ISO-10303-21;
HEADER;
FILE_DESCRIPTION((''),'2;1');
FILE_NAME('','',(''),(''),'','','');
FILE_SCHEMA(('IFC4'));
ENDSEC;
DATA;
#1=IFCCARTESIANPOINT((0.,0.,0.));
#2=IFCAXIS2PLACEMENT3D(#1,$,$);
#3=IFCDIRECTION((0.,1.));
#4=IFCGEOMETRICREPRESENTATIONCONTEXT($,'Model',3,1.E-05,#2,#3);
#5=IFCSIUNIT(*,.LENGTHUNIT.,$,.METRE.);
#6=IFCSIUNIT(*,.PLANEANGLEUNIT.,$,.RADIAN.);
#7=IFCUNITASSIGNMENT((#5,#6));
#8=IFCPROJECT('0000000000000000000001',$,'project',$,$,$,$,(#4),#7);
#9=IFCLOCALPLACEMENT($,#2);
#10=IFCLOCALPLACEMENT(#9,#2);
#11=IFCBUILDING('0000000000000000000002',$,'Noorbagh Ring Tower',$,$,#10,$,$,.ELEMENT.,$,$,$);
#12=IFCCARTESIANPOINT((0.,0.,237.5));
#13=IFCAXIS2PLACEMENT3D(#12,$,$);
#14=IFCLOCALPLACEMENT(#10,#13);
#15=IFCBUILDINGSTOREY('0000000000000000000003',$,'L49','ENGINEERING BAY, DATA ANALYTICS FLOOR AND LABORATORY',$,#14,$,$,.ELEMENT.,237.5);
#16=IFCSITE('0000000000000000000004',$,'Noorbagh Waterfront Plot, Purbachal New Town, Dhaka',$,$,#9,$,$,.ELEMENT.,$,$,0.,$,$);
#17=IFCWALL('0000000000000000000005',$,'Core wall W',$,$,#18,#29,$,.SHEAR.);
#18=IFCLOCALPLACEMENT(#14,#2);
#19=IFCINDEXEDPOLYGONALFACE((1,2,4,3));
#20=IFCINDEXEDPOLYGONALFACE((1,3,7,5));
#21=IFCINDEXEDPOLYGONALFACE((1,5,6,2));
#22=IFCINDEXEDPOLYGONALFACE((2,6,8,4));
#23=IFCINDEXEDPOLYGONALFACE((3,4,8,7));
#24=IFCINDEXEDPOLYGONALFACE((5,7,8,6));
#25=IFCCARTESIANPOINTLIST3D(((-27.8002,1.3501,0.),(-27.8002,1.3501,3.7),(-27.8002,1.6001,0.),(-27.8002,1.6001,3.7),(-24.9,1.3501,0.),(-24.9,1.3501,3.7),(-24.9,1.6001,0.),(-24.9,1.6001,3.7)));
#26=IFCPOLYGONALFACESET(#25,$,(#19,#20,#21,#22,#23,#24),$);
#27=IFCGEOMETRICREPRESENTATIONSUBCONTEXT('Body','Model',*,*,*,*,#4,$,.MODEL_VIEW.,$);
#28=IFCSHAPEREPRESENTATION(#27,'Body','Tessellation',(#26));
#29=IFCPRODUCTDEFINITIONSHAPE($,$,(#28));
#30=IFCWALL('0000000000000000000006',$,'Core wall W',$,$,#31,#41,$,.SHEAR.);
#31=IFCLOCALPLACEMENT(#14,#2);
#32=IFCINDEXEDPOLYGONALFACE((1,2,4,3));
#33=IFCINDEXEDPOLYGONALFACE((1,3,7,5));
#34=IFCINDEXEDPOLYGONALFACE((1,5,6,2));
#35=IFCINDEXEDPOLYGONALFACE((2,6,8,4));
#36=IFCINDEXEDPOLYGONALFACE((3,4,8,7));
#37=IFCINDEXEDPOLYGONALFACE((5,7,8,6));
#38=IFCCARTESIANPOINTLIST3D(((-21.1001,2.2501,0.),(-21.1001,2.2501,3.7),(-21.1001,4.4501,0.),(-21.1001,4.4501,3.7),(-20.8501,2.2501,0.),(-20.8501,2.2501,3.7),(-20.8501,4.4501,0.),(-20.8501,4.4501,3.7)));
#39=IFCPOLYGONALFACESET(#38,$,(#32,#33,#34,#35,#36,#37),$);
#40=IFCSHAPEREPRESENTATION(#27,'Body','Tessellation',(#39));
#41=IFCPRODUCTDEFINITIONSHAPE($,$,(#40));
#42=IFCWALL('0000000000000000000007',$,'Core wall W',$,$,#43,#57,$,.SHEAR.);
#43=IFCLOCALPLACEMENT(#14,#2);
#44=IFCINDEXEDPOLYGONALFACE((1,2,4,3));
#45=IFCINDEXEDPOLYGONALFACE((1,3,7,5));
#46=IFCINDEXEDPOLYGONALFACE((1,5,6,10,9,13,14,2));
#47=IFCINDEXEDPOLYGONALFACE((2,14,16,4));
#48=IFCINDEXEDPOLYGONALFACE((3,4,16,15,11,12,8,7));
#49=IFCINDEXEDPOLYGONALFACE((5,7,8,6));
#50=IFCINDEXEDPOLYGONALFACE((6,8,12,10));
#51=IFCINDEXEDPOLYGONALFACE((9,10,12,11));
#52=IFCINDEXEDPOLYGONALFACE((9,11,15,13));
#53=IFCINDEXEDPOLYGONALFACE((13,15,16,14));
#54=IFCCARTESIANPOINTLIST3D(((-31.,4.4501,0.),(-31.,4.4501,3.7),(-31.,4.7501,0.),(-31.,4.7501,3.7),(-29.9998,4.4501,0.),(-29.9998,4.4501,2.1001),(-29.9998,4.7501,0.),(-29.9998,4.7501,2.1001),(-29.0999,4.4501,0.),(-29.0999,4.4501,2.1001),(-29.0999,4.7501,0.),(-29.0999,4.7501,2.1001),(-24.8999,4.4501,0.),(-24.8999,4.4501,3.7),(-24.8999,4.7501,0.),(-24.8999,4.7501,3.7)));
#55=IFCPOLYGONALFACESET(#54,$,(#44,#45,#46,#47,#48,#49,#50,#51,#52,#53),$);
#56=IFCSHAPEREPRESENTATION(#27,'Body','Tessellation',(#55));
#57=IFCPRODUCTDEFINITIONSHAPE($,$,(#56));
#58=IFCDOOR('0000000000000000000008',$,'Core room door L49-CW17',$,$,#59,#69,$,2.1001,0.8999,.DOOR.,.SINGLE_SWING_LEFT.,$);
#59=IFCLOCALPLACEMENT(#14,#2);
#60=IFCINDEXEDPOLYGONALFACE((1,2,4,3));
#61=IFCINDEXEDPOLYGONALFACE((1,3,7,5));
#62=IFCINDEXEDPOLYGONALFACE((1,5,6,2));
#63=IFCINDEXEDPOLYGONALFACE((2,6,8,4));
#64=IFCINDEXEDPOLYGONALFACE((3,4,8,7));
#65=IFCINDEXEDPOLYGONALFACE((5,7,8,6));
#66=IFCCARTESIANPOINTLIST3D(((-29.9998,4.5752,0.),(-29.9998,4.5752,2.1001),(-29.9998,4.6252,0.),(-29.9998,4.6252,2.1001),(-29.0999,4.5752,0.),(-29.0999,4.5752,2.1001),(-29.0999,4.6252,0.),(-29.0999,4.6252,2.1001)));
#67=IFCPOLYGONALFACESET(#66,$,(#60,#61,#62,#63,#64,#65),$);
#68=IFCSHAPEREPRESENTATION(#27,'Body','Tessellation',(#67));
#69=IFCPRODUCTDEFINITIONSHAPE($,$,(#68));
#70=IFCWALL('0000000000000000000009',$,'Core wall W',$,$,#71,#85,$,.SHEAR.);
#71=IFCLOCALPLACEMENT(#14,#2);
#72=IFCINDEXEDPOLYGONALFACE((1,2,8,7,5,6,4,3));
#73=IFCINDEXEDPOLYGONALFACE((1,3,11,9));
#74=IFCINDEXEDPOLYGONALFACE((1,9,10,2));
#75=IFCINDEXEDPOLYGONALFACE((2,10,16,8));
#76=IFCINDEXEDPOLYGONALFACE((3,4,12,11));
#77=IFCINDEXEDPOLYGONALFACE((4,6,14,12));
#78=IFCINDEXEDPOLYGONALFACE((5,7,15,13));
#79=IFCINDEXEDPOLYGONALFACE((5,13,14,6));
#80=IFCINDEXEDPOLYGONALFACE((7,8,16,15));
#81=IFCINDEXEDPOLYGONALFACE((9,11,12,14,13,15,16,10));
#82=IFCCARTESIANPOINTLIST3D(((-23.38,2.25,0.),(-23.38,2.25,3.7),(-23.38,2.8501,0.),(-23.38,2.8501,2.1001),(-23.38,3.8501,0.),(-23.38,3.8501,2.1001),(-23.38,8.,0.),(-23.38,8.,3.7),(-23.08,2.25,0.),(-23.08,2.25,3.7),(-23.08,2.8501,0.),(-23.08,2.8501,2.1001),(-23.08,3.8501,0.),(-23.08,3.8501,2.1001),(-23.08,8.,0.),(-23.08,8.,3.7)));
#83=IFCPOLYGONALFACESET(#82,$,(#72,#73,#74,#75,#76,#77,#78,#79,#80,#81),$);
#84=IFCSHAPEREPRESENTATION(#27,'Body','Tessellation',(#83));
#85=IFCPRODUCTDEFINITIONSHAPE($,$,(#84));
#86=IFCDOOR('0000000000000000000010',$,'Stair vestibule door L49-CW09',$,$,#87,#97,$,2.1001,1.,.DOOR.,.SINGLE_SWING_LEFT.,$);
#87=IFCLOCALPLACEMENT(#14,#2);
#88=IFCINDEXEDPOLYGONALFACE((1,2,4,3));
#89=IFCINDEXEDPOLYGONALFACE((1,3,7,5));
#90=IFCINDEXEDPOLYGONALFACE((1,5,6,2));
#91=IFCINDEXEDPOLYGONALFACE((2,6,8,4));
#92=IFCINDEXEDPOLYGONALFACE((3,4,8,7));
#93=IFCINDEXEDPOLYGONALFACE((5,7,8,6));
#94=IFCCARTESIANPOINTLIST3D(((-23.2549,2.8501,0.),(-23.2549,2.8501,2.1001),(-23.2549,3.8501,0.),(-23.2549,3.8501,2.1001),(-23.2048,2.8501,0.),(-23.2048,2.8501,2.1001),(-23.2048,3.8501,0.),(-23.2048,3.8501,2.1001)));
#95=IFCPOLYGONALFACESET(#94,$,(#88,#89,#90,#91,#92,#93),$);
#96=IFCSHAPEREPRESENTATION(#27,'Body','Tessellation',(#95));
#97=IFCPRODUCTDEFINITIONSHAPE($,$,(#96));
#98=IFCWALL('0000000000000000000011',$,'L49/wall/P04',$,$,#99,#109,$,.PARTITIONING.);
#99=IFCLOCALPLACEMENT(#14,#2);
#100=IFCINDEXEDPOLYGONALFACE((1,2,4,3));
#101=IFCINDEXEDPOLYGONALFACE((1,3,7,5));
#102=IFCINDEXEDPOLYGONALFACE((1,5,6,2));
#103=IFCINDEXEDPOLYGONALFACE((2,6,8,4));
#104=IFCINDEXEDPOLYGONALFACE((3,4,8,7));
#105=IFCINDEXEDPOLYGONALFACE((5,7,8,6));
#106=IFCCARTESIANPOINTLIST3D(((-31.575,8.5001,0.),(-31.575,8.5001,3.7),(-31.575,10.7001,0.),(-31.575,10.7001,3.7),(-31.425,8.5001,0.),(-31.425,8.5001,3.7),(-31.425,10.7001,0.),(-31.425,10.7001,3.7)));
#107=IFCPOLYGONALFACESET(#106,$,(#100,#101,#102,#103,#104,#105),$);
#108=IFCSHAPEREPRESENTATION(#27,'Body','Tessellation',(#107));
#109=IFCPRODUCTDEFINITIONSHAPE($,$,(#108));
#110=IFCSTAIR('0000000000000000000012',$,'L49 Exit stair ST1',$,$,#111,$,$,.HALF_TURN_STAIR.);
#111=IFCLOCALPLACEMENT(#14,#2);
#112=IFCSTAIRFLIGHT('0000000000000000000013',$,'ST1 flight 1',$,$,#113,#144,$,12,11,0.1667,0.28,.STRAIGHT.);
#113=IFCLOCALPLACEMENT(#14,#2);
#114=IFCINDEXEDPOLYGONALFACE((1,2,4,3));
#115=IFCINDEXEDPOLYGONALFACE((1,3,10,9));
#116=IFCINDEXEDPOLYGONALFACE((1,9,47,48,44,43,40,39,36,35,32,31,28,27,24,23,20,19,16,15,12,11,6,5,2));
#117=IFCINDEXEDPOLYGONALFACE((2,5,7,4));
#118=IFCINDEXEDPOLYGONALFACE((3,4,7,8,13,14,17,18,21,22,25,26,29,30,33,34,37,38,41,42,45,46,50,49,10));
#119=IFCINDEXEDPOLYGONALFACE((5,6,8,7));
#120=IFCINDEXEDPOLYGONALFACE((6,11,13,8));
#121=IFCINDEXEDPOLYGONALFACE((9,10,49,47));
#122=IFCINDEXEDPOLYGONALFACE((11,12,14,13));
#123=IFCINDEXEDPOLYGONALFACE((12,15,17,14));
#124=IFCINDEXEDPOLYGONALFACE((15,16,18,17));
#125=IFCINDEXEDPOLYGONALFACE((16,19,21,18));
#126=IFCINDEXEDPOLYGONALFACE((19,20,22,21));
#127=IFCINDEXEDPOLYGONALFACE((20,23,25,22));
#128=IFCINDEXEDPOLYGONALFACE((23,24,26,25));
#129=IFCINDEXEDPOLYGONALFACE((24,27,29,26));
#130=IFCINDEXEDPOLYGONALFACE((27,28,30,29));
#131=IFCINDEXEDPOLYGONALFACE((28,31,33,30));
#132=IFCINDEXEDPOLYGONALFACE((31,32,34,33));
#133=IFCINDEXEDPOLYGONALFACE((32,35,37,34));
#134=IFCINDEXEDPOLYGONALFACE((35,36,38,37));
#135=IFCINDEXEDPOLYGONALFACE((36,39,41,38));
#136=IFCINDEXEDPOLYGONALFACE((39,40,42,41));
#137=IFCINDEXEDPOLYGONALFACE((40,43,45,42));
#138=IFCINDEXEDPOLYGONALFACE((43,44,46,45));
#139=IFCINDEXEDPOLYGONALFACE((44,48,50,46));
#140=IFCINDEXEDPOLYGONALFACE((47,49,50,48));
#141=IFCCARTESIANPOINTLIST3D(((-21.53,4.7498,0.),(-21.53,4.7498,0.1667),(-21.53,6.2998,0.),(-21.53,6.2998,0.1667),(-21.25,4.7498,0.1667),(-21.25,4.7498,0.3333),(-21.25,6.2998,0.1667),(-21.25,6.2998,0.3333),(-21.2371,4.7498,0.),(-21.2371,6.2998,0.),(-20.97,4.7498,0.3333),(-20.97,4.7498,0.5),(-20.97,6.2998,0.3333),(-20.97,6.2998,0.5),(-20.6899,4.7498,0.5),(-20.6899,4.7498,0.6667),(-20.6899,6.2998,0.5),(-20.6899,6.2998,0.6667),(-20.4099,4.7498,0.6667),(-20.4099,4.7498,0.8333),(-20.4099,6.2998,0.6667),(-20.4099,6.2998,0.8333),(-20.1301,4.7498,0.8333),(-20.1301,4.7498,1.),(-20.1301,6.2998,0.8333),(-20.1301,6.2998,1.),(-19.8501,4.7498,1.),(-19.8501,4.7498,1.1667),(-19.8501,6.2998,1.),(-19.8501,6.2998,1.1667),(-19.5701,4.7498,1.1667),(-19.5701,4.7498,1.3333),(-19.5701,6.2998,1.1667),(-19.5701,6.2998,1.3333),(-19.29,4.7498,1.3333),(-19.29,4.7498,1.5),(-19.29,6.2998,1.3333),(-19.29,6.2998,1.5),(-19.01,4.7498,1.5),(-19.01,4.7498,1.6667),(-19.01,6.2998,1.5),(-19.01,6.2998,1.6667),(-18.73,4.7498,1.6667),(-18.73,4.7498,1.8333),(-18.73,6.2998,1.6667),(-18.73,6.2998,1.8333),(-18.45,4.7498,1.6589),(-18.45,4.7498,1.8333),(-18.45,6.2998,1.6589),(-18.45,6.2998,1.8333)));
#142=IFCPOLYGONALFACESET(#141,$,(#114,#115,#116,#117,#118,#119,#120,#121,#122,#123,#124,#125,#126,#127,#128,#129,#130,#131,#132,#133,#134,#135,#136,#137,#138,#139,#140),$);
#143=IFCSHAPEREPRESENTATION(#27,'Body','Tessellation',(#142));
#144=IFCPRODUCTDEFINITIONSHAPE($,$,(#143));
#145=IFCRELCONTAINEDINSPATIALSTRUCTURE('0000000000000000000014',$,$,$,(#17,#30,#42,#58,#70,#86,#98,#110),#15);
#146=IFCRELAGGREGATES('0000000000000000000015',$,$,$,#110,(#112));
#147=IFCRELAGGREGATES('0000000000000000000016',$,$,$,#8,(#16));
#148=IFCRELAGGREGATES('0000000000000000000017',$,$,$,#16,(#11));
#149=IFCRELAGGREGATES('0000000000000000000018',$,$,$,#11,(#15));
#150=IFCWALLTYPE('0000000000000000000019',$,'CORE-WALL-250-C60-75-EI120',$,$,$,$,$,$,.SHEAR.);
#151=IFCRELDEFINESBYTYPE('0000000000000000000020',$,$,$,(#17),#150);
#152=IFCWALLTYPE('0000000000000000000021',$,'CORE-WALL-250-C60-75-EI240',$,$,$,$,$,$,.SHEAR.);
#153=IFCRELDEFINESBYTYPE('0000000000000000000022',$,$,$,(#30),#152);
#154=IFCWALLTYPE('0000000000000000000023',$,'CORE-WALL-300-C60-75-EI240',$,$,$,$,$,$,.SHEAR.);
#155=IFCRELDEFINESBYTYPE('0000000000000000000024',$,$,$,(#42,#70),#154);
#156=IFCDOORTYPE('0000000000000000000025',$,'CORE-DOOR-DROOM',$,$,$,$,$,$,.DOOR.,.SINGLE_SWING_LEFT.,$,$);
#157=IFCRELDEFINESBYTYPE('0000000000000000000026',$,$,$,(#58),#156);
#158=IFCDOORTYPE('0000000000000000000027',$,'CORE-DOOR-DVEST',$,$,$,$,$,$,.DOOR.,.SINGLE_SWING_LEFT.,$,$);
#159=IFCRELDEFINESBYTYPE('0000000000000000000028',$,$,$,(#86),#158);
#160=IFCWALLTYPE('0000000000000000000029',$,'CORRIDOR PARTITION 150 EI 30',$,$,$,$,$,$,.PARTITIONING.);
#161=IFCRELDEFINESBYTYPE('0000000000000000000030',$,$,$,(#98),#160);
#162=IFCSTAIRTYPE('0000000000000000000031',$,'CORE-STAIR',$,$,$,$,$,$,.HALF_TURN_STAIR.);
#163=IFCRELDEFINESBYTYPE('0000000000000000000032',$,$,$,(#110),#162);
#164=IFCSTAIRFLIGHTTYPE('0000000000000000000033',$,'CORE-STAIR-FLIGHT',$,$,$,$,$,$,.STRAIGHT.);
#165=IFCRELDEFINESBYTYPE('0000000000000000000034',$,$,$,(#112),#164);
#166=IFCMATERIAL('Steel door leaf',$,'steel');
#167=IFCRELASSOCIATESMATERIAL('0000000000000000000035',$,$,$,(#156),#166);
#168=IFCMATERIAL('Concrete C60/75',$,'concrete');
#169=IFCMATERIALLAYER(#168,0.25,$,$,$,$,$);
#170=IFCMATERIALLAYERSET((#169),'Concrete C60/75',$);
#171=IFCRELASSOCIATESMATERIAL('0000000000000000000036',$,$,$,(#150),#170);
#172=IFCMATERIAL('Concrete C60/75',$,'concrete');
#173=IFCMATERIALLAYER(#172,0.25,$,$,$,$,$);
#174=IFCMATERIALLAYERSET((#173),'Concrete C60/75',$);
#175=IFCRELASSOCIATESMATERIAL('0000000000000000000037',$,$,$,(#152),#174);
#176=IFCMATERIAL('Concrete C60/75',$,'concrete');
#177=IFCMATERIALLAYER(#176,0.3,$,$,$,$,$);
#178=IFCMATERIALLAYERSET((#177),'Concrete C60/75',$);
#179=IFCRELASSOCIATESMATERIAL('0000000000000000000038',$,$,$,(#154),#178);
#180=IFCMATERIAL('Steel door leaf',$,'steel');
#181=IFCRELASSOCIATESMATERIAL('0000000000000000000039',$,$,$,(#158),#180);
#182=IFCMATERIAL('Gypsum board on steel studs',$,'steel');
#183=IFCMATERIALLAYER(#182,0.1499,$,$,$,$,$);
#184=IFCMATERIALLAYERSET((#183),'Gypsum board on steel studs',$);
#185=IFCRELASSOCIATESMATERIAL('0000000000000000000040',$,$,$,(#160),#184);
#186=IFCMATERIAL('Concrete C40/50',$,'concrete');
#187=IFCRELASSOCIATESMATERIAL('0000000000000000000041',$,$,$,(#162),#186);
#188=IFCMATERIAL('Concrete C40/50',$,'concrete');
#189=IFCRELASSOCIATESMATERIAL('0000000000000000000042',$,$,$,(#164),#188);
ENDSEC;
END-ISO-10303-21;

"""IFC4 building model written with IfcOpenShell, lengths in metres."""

from ifc_helpers import new_model, si_unit, direction, frame, frame_2d, origin, place, context, subcontext, project, spatial, polyline, rectangle, outline, extrude, material, layer, layer_set, type_object, element, fill, aggregate, save


model = new_model("IFC4")

# Units and contexts
model_context = context("Model", 3, precision=1e-05, world=origin(), true_north=direction((0.0, 1.0)))
body_context = subcontext(model_context, "Body", "Model", "MODEL_VIEW")
ifc_project = project(units=[si_unit("LENGTHUNIT", "METRE"), si_unit("PLANEANGLEUNIT", "RADIAN")], contexts=[model_context])

# Site, building, storey
site_placement = place(None, origin())
site = spatial("IfcSite", under=ifc_project, at=site_placement, Name="Noorbagh Waterfront Plot, Purbachal New Town, Dhaka", CompositionType="ELEMENT", RefElevation=0.0)
building_placement = place(site_placement, origin())
building = spatial("IfcBuilding", under=site, at=building_placement, Name="Noorbagh Ring Tower", CompositionType="ELEMENT")
storey_placement = place(building_placement, frame((0.0, 0.0, 237.5)))
storey = spatial("IfcBuildingStorey", under=building, at=storey_placement, Name="L49", Description="ENGINEERING BAY, DATA ANALYTICS FLOOR AND LABORATORY", CompositionType="ELEMENT", Elevation=237.5)

# Shared definitions
ifc_material_1 = material(Name="Steel door leaf", Category="steel")
door_type_1 = type_object("IfcDoorType", Name="CORE-DOOR-DROOM", OperationType="SINGLE_SWING_LEFT", PredefinedType="DOOR", material=ifc_material_1)

# Walls
ifc_material_2 = material(Name="Concrete C60/75", Category="concrete")
ifc_layer_1 = layer(ifc_material_2, 0.25)
ifc_layer_set_1 = layer_set([ifc_layer_1], Name="Concrete C60/75")
wall_type_1 = type_object("IfcWallType", Name="CORE-WALL-250-C60-75-EI120", PredefinedType="SHEAR", material=ifc_layer_set_1)
for number, where, z_axis, x_axis, name in (
    (1, (-24.8999, 1.4751, 0.0), (0.0, 0.0, 1.0), (-1.0, 0.0, 0.0), "Core wall W"),
):
    element("IfcWall", number, at=place(storey_placement, frame(where, z_axis=z_axis, x_axis=x_axis)), inside=storey, type_object=wall_type_1, Name=name, PredefinedType="SHEAR", context=body_context, shape_type="SweptSolid", body=[
        extrude(rectangle(XDim=2.9001, YDim=0.25, at=frame_2d((1.4502, 0.0))), origin(), (0.0, 0.0, 1.0), 3.7),
    ])
ifc_material_3 = material(Name="Concrete C60/75", Category="concrete")
ifc_layer_2 = layer(ifc_material_3, 0.25)
ifc_layer_set_2 = layer_set([ifc_layer_2], Name="Concrete C60/75")
wall_type_2 = type_object("IfcWallType", Name="CORE-WALL-250-C60-75-EI240", PredefinedType="SHEAR", material=ifc_layer_set_2)
wall_1_placement = place(storey_placement, frame((-20.9751, 2.25, 0.0), z_axis=(0.0, 0.0, 1.0), x_axis=(0.0, 1.0, 0.0)))
element("IfcWall", 2, at=wall_1_placement, inside=storey, type_object=wall_type_2, Name="Core wall W", PredefinedType="SHEAR", context=body_context, shape_type="SweptSolid", body=[
    extrude(rectangle(XDim=2.2, YDim=0.25, at=frame_2d((1.1001, 0.0))), origin(), (0.0, 0.0, 1.0), 3.7),
])

# Walls, openings, doors
ifc_material_4 = material(Name="Concrete C60/75", Category="concrete")
ifc_layer_3 = layer(ifc_material_4, 0.3)
ifc_layer_set_3 = layer_set([ifc_layer_3], Name="Concrete C60/75")
wall_type_3 = type_object("IfcWallType", Name="CORE-WALL-300-C60-75-EI240", PredefinedType="SHEAR", material=ifc_layer_set_3)
wall_2_placement = place(storey_placement, frame((-24.8999, 4.6001, 0.0), z_axis=(0.0, 0.0, 1.0), x_axis=(-1.0, 0.0, 0.0)))
wall_2 = element("IfcWall", 3, at=wall_2_placement, inside=storey, type_object=wall_type_3, Name="Core wall W", PredefinedType="SHEAR", context=body_context, shape_type="SweptSolid", body=[
    extrude(rectangle(XDim=6.1001, YDim=0.3, at=frame_2d((3.05, 0.0))), origin(), (0.0, 0.0, 1.0), 3.7),
])
opening_1_placement = place(wall_2_placement, frame((4.2, 0.0, 0.0)))
opening_1 = element("IfcOpeningElement", 4, at=opening_1_placement, cuts=wall_2, PredefinedType="OPENING", context=body_context, shape_type="SweptSolid", body=[
    extrude(rectangle(XDim=0.8999, YDim=2.1001, at=frame_2d((0.45, 1.05))), frame((0.0, 0.1602, 0.0), z_axis=(0.0, -1.0, 0.0), x_axis=(1.0, 0.0, 0.0)), (0.0, 0.0, 1.0), 0.3201),
])
door_1_placement = place(opening_1_placement, origin())
door_1 = element("IfcDoor", 5, at=door_1_placement, inside=storey, type_object=door_type_1, Name="Core room door L49-CW17", OperationType="SINGLE_SWING_LEFT", OverallHeight=2.1001, OverallWidth=0.8999, PredefinedType="DOOR", context=body_context, shape_type="SweptSolid", body=[
    extrude(rectangle(XDim=0.8999, YDim=2.1001, at=frame_2d((0.45, 1.05))), frame((0.0, 0.0249, 0.0), z_axis=(0.0, -1.0, 0.0), x_axis=(1.0, 0.0, 0.0)), (0.0, 0.0, 1.0), 0.05),
])
fill(opening_1, door_1)
wall_3_placement = place(storey_placement, frame((-23.23, 2.25, 0.0), z_axis=(0.0, 0.0, 1.0), x_axis=(0.0, 1.0, 0.0)))
wall_3 = element("IfcWall", 6, at=wall_3_placement, inside=storey, type_object=wall_type_3, Name="Core wall W", PredefinedType="SHEAR", context=body_context, shape_type="SweptSolid", body=[
    extrude(rectangle(XDim=5.75, YDim=0.3, at=frame_2d((2.875, 0.0))), origin(), (0.0, 0.0, 1.0), 3.7),
])
opening_2_placement = place(wall_3_placement, frame((0.6001, 0.0, 0.0)))
opening_2 = element("IfcOpeningElement", 7, at=opening_2_placement, cuts=wall_3, PredefinedType="OPENING", context=body_context, shape_type="SweptSolid", body=[
    extrude(rectangle(XDim=1.0, YDim=2.1001, at=frame_2d((0.5, 1.05))), frame((0.0, 0.1602, 0.0), z_axis=(0.0, -1.0, 0.0), x_axis=(1.0, 0.0, 0.0)), (0.0, 0.0, 1.0), 0.3201),
])
ifc_material_5 = material(Name="Steel door leaf", Category="steel")
door_type_2 = type_object("IfcDoorType", Name="CORE-DOOR-DVEST", OperationType="SINGLE_SWING_LEFT", PredefinedType="DOOR", material=ifc_material_5)
door_2_placement = place(opening_2_placement, origin())
door_2 = element("IfcDoor", 8, at=door_2_placement, inside=storey, type_object=door_type_2, Name="Stair vestibule door L49-CW09", OperationType="SINGLE_SWING_LEFT", OverallHeight=2.1001, OverallWidth=1.0, PredefinedType="DOOR", context=body_context, shape_type="SweptSolid", body=[
    extrude(rectangle(XDim=1.0, YDim=2.1001, at=frame_2d((0.5, 1.05))), frame((0.0, 0.0249, 0.0), z_axis=(0.0, -1.0, 0.0), x_axis=(1.0, 0.0, 0.0)), (0.0, 0.0, 1.0), 0.05),
])
fill(opening_2, door_2)

# Wall
ifc_material_6 = material(Name="Gypsum board on steel studs", Category="steel")
ifc_layer_4 = layer(ifc_material_6, 0.1499)
ifc_layer_set_4 = layer_set([ifc_layer_4], Name="Gypsum board on steel studs")
wall_type_4 = type_object("IfcWallType", Name="CORRIDOR PARTITION 150 EI 30", PredefinedType="PARTITIONING", material=ifc_layer_set_4)
wall_4_placement = place(storey_placement, frame((-31.5, 8.5, 0.0), z_axis=(0.0, 0.0, 1.0), x_axis=(0.0, 1.0, 0.0)))
element("IfcWall", 9, at=wall_4_placement, inside=storey, type_object=wall_type_4, Name="L49/wall/P04", PredefinedType="PARTITIONING", context=body_context, shape_type="SweptSolid", body=[
    extrude(rectangle(XDim=2.2, YDim=0.1499, at=frame_2d((1.1001, 0.0))), origin(), (0.0, 0.0, 1.0), 3.7),
])

# Stair, stair flight
ifc_material_7 = material(Name="Concrete C40/50", Category="concrete")
stair_type = type_object("IfcStairType", Name="CORE-STAIR", PredefinedType="HALF_TURN_STAIR", material=ifc_material_7)
stair_placement = place(storey_placement, origin())
stair = element("IfcStair", 10, at=stair_placement, inside=storey, type_object=stair_type, Name="L49 Exit stair ST1", PredefinedType="HALF_TURN_STAIR")
ifc_material_8 = material(Name="Concrete C40/50", Category="concrete")
stair_flight_type = type_object("IfcStairFlightType", Name="CORE-STAIR-FLIGHT", PredefinedType="STRAIGHT", material=ifc_material_8)
stair_flight_placement = place(storey_placement, frame((-21.53, 5.5249, 0.0), z_axis=(0.0, 0.0, 1.0), x_axis=(1.0, 0.0, 0.0)))
stair_flight = element("IfcStairFlight", 11, at=stair_flight_placement, type_object=stair_flight_type, Name="ST1 flight 1", NumberOfRisers=12, NumberOfTreads=11, PredefinedType="STRAIGHT", RiserHeight=0.1667, TreadLength=0.28, context=body_context, shape_type="SweptSolid", body=[
    extrude(outline(polyline([(0.0, 0.0), (0.0, 0.1667), (0.28, 0.1667), (0.28, 0.3333), (0.5601, 0.3333), (0.5601, 0.5), (0.8401, 0.5), (0.8401, 0.6667), (1.1201, 0.6667), (1.1201, 0.8333), (1.3999, 0.8333), (1.3999, 1.0), (1.6799, 1.0), (1.6799, 1.1667), (1.96, 1.1667), (1.96, 1.3333), (2.24, 1.3333), (2.24, 1.5), (2.52, 1.5), (2.52, 1.6667), (2.8, 1.6667), (2.8, 1.8333), (3.0801, 1.8333), (3.0801, 2.0), (3.0801, 1.6589), (0.293, 0.0), (0.0, 0.0)])), frame((0.0, 0.7749, 0.0), z_axis=(0.0, -1.0, 0.0), x_axis=(1.0, 0.0, 0.0)), (0.0, 0.0, 1.0), 1.55),
])
aggregate(stair, [stair_flight])

save(model, "model.ifc")
